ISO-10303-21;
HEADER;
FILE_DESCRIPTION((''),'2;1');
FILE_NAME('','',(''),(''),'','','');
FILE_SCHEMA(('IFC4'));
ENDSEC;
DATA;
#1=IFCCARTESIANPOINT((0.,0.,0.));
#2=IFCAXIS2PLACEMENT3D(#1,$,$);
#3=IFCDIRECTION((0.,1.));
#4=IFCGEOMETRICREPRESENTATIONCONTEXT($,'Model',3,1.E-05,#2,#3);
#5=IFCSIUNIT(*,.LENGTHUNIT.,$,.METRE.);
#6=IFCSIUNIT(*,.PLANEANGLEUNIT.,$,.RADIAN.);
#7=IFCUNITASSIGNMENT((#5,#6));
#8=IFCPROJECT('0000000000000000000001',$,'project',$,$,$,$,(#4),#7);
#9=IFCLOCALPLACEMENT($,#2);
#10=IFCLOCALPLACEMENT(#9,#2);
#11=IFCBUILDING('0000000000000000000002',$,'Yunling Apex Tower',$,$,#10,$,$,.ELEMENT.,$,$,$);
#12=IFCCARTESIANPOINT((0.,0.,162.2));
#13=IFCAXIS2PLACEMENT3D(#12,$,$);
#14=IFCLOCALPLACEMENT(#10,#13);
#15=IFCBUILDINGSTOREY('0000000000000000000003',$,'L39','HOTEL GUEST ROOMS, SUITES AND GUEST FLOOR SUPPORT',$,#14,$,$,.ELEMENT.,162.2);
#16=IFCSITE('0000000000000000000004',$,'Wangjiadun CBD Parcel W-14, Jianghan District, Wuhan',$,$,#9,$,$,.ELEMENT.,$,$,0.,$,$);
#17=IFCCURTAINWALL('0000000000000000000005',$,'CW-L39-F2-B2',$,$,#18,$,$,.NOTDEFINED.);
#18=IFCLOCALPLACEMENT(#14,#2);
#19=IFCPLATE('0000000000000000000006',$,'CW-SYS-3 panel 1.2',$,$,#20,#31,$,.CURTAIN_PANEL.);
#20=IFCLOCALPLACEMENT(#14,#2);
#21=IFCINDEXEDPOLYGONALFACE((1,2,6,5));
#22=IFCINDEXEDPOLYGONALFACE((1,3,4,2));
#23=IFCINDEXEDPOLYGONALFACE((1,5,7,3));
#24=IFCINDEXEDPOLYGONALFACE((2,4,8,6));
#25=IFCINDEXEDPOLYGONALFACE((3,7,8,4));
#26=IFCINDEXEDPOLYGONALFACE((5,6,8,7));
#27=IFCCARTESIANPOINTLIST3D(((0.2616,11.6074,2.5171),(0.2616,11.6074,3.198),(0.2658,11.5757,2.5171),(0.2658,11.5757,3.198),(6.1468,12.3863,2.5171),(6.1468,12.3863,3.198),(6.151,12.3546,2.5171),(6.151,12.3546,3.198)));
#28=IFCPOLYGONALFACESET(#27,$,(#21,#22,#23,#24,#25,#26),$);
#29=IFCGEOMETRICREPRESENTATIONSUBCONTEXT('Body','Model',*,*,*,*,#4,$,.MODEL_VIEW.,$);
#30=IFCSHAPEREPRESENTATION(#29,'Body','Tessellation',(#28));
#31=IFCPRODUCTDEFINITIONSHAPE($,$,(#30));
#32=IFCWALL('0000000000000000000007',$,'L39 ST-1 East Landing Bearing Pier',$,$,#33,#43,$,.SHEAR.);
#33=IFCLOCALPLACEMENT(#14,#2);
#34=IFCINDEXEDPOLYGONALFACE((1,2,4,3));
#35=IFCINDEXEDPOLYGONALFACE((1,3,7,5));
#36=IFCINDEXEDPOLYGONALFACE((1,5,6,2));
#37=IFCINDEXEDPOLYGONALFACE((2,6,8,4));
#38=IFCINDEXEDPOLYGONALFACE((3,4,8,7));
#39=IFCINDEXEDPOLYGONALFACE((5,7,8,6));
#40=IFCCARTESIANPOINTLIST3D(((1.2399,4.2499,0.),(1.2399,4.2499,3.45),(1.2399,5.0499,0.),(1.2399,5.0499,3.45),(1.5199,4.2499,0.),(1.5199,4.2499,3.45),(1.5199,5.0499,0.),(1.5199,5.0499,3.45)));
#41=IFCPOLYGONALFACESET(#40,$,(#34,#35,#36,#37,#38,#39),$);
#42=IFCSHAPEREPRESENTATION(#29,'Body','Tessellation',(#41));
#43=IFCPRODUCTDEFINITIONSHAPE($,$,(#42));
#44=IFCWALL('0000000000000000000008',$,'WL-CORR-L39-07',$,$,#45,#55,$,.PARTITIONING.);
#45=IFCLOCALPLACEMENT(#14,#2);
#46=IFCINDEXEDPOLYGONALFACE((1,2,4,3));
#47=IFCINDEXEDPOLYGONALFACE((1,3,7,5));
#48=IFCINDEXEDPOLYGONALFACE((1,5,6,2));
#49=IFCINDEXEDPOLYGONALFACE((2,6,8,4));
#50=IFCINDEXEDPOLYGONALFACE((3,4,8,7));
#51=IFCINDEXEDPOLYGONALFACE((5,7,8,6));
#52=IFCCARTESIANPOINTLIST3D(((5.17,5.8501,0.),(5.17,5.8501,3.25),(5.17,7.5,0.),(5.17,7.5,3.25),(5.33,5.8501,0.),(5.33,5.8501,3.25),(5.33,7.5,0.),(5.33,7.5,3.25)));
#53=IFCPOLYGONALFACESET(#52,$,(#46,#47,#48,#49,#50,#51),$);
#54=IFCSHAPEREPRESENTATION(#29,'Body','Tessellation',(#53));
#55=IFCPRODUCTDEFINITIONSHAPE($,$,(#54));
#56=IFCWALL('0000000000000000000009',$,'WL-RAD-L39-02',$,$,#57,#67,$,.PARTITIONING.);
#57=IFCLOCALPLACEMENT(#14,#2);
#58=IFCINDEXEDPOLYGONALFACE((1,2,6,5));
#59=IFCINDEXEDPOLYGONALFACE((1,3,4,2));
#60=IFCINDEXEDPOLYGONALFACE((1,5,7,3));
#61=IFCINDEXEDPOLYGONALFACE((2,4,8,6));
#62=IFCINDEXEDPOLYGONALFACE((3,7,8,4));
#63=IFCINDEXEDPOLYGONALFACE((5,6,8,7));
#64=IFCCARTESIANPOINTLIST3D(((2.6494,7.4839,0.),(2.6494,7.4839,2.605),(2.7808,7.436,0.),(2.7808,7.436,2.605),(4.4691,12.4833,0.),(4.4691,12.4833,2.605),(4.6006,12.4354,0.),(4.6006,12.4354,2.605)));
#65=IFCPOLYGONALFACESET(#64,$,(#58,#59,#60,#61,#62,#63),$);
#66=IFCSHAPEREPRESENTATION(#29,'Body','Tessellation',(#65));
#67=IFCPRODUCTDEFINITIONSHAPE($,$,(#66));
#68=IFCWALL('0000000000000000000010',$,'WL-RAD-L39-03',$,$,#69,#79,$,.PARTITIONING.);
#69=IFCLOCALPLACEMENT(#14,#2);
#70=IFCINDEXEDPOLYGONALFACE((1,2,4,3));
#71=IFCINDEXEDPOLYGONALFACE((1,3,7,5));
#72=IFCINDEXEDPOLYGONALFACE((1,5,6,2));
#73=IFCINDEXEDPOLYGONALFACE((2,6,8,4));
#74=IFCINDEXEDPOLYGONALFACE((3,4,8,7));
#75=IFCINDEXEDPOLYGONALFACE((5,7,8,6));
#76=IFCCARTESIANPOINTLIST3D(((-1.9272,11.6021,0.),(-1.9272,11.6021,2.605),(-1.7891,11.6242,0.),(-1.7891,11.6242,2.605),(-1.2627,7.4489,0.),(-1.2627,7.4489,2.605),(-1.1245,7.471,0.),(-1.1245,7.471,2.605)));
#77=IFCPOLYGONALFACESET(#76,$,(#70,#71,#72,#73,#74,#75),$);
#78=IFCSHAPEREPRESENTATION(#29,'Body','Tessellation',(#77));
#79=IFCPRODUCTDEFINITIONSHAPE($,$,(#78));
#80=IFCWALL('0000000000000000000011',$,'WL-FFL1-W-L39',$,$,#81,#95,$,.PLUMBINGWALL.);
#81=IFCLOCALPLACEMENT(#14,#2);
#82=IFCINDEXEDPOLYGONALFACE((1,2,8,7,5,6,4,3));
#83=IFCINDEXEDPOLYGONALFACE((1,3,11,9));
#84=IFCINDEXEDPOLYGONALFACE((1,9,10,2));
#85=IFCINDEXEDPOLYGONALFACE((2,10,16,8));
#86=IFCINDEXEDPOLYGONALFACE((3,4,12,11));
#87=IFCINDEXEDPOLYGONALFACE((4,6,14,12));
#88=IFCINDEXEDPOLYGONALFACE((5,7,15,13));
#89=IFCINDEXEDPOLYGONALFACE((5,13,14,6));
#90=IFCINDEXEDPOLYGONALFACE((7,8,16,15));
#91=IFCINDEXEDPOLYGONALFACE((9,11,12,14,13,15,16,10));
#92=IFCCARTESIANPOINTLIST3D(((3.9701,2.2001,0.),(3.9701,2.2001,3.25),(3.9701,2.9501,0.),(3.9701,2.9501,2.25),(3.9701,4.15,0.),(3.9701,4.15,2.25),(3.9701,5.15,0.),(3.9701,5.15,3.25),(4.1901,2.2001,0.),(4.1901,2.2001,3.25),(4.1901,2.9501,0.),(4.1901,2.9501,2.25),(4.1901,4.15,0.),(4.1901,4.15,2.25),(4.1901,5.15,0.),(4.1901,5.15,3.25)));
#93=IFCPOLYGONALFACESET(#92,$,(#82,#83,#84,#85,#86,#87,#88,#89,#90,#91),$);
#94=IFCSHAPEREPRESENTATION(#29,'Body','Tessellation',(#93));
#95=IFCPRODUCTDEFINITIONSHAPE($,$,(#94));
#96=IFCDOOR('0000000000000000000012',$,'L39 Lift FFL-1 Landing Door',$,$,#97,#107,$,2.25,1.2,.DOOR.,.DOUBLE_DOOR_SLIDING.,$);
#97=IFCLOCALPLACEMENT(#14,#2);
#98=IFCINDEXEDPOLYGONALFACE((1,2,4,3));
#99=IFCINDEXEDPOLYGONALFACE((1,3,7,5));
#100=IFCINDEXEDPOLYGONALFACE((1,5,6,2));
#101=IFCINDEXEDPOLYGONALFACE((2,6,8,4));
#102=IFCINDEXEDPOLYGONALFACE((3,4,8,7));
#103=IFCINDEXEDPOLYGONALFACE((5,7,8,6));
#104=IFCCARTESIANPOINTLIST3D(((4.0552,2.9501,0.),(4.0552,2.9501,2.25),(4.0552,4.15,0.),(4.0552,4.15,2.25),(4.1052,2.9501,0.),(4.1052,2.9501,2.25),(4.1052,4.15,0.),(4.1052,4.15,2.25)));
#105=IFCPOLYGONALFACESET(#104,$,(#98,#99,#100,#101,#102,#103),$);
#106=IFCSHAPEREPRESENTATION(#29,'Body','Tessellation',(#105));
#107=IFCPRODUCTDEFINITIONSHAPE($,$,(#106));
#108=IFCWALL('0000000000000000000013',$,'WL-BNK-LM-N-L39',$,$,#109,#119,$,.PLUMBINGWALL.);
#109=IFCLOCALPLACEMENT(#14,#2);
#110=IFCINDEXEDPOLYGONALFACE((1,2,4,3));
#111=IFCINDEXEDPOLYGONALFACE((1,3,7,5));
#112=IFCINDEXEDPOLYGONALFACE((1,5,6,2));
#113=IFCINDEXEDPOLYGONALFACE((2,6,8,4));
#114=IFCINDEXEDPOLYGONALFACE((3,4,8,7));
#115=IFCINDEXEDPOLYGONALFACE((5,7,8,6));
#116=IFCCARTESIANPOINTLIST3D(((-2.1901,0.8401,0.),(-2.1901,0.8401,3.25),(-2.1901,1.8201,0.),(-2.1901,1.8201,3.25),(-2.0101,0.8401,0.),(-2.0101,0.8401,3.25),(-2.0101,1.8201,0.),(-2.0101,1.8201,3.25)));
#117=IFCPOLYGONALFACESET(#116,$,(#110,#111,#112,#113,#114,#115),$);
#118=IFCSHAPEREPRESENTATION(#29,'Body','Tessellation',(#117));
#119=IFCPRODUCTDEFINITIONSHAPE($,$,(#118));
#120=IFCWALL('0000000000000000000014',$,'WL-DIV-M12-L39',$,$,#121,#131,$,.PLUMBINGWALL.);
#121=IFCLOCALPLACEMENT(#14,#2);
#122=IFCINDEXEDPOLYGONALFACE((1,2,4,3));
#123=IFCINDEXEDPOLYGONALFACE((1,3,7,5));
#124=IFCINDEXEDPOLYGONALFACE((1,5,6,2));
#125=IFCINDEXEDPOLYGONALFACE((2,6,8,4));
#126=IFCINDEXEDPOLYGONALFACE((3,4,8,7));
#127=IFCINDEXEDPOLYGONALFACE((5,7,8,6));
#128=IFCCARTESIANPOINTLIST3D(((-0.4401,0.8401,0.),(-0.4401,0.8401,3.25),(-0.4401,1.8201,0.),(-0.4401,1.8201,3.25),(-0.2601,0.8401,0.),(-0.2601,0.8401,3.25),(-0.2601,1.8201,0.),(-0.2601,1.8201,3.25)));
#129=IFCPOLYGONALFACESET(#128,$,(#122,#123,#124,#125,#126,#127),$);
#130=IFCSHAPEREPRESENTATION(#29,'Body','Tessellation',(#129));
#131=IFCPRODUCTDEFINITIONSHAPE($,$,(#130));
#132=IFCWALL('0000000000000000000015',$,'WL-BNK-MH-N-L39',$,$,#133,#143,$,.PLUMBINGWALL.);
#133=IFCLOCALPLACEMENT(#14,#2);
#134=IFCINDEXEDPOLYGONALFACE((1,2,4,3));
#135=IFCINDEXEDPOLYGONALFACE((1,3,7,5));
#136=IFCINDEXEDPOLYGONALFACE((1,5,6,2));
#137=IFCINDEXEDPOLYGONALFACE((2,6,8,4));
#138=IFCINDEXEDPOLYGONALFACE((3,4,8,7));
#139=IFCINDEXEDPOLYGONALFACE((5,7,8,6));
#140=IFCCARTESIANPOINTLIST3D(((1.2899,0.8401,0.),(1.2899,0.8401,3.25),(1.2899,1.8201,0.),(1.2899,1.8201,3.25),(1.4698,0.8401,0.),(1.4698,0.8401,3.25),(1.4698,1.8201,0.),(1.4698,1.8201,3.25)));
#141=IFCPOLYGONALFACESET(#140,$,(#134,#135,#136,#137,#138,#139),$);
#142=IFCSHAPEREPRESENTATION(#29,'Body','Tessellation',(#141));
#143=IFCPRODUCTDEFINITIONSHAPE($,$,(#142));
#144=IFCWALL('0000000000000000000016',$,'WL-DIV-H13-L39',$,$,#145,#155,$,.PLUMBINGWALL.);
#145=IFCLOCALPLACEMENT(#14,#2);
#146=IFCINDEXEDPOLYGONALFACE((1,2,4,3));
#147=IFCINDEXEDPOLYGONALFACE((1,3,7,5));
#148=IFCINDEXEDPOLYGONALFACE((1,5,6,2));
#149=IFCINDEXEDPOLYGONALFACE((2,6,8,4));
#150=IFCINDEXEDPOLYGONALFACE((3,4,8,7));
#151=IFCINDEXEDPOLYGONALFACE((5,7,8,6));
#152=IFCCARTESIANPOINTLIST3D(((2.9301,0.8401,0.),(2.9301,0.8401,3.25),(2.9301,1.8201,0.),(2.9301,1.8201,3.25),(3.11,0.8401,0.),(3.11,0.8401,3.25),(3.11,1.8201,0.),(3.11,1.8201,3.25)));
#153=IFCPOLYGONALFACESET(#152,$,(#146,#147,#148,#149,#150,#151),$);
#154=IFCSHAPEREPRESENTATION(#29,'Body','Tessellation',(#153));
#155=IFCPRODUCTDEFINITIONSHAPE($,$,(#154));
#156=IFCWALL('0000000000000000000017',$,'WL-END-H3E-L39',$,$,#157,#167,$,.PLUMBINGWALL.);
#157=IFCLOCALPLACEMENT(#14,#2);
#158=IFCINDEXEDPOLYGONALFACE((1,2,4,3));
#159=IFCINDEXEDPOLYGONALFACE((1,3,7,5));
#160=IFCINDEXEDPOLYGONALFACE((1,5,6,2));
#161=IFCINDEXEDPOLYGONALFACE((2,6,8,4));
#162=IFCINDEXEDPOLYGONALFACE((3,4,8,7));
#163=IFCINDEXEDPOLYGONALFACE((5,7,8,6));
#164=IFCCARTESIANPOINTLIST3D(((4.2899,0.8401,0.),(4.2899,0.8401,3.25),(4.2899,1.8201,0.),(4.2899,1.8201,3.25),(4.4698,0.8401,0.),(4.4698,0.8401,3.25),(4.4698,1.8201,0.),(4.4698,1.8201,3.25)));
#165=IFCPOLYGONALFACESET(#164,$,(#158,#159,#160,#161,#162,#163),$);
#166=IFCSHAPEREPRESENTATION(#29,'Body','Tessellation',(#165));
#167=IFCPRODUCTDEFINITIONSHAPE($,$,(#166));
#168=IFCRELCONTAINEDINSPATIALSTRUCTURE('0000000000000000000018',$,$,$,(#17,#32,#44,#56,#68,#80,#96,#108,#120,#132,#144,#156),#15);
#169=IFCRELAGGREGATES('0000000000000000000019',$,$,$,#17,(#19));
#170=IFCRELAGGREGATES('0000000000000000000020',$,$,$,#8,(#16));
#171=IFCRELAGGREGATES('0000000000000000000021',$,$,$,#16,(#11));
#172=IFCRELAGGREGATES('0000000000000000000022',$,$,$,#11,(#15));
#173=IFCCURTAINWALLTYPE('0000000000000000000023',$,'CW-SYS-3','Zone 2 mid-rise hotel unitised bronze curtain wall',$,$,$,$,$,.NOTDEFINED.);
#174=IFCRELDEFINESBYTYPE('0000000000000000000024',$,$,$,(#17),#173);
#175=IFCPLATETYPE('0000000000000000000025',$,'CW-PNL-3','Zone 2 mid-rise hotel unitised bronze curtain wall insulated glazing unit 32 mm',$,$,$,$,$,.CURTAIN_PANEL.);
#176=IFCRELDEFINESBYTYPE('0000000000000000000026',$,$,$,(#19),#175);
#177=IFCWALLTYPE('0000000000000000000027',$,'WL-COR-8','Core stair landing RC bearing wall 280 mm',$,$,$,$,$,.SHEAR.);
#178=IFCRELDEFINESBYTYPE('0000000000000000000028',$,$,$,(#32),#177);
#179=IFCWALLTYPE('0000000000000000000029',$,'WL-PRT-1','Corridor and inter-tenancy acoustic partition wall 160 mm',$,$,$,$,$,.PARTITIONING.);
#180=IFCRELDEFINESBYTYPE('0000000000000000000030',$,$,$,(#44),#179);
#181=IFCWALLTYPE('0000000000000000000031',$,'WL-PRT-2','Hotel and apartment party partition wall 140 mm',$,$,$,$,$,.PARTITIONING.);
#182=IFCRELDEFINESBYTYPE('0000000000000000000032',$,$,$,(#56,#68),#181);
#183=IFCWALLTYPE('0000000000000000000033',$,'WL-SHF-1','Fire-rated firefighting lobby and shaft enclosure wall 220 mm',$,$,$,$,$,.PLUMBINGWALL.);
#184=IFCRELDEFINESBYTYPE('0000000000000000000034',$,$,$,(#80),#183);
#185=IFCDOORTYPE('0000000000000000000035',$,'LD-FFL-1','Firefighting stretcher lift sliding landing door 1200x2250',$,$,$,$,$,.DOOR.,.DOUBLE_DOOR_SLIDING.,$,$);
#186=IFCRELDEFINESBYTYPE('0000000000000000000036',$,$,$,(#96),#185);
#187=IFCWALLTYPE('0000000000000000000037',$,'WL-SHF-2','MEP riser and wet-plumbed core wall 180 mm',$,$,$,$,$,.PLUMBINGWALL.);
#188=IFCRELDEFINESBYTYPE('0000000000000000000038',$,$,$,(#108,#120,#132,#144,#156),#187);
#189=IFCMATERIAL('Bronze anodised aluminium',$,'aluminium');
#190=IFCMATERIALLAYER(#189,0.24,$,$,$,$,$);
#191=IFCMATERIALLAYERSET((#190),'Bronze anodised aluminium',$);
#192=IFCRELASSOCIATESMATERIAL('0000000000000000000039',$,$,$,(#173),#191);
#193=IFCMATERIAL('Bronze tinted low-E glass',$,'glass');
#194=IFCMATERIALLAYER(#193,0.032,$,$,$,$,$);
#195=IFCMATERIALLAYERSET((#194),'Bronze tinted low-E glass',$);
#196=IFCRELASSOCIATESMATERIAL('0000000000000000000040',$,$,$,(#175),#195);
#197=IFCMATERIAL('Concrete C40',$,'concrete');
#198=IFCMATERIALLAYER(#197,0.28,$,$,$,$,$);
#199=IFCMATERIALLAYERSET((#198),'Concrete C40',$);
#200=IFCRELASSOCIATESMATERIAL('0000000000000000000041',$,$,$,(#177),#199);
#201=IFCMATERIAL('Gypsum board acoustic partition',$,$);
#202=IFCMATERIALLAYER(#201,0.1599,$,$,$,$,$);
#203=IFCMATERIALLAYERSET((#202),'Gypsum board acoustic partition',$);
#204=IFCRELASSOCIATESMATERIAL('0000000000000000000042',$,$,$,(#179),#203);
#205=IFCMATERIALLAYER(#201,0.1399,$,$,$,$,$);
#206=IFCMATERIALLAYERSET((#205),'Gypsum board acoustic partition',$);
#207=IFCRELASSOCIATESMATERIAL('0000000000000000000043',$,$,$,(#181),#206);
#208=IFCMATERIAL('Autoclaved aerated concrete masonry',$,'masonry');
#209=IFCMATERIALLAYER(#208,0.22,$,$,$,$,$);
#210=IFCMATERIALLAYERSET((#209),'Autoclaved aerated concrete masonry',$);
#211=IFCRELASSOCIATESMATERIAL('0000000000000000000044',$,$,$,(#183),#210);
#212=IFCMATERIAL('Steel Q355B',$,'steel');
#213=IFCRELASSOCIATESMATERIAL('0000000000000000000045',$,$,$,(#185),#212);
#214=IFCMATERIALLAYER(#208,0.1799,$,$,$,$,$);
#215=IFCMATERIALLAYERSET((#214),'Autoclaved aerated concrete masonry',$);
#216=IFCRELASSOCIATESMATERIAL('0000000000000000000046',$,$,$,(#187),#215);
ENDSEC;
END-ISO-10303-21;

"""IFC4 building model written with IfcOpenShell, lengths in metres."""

from ifc_helpers import new_model, si_unit, direction, frame, frame_2d, origin, origin_2d, place, context, subcontext, project, spatial, rectangle, extrude, source, transform, mapped, material, layer, layer_set, type_object, element, fill, aggregate, save


model = new_model("IFC4")

# Units and contexts
model_context = context("Model", 3, precision=1e-05, world=origin(), true_north=direction((0.0, 1.0)))
body_context = subcontext(model_context, "Body", "Model", "MODEL_VIEW")
ifc_project = project(units=[si_unit("LENGTHUNIT", "METRE"), si_unit("PLANEANGLEUNIT", "RADIAN")], contexts=[model_context])

# Site, building, storey
site_placement = place(None, origin())
site = spatial("IfcSite", under=ifc_project, at=site_placement, Name="Wangjiadun CBD Parcel W-14, Jianghan District, Wuhan", CompositionType="ELEMENT", RefElevation=0.0)
building_placement = place(site_placement, origin())
building = spatial("IfcBuilding", under=site, at=building_placement, Name="Yunling Apex Tower", CompositionType="ELEMENT")
storey_placement = place(building_placement, frame((0.0, 0.0, 162.2)))
storey = spatial("IfcBuildingStorey", under=building, at=storey_placement, Name="L39", Description="HOTEL GUEST ROOMS, SUITES AND GUEST FLOOR SUPPORT", CompositionType="ELEMENT", Elevation=162.2)

# Shared definitions
ifc_material_1 = material(Name="Steel Q355B", Category="steel")

# Curtain wall
ifc_material_2 = material(Name="Bronze anodised aluminium", Category="aluminium")
ifc_layer_1 = layer(ifc_material_2, 0.24)
ifc_layer_set_1 = layer_set([ifc_layer_1], Name="Bronze anodised aluminium")
curtain_wall_type = type_object("IfcCurtainWallType", Name="CW-SYS-3", Description="Zone 2 mid-rise hotel unitised bronze curtain wall", PredefinedType="NOTDEFINED", material=ifc_layer_set_1)
curtain_wall_1_placement = place(storey_placement, origin())
curtain_wall_1 = element("IfcCurtainWall", 1, at=curtain_wall_1_placement, inside=storey, type_object=curtain_wall_type, Name="CW-L39-F2-B2", PredefinedType="NOTDEFINED")

# Shared definitions
ifc_material_3 = material(Name="Concrete C40", Category="concrete")

# Plate
ifc_material_4 = material(Name="Bronze tinted low-E glass", Category="glass")
ifc_layer_2 = layer(ifc_material_4, 0.032)
ifc_layer_set_2 = layer_set([ifc_layer_2], Name="Bronze tinted low-E glass")
plate_type = type_object("IfcPlateType", Name="CW-PNL-3", Description="Zone 2 mid-rise hotel unitised bronze curtain wall insulated glazing unit 32 mm", PredefinedType="CURTAIN_PANEL", material=ifc_layer_set_2)
shared_shape_1 = source(origin(), body_context, "Body", "SweptSolid", [
    extrude(rectangle(XDim=5.9365, YDim=0.032, at=origin_2d()), origin(), (0.0, 0.0, 1.0), 0.6809),
])
plate_1_placement = place(storey_placement, frame((3.2063, 11.981, 2.5171), z_axis=(0.0, 0.0, 1.0), x_axis=(-0.991355, -0.131205, 0.0)))
plate_1 = element("IfcPlate", 2, at=plate_1_placement, type_object=plate_type, Name="CW-SYS-3 panel 1.2", PredefinedType="CURTAIN_PANEL", context=body_context, shape_type="MappedRepresentation", body=[
    mapped(shared_shape_1, transform((0.0, 0.0, 0.0), scale=1.0)),
])
aggregate(curtain_wall_1, [plate_1])

# Walls
ifc_layer_3 = layer(ifc_material_3, 0.28)
ifc_layer_set_3 = layer_set([ifc_layer_3], Name="Concrete C40")
wall_type_1 = type_object("IfcWallType", Name="WL-COR-8", Description="Core stair landing RC bearing wall 280 mm", PredefinedType="SHEAR", material=ifc_layer_set_3)
wall_1_placement = place(storey_placement, frame((1.3799, 4.25, 0.0), z_axis=(0.0, 0.0, 1.0), x_axis=(0.0, 1.0, 0.0)))
element("IfcWall", 3, at=wall_1_placement, inside=storey, type_object=wall_type_1, Name="L39 ST-1 East Landing Bearing Pier", PredefinedType="SHEAR", context=body_context, shape_type="SweptSolid", body=[
    extrude(rectangle(XDim=0.8, YDim=0.28, at=frame_2d((0.3999, 0.0))), origin(), (0.0, 0.0, 1.0), 3.45),
])
ifc_material_5 = material(Name="Gypsum board acoustic partition")
ifc_layer_4 = layer(ifc_material_5, 0.1599)
ifc_layer_set_4 = layer_set([ifc_layer_4], Name="Gypsum board acoustic partition")
wall_type_2 = type_object("IfcWallType", Name="WL-PRT-1", Description="Corridor and inter-tenancy acoustic partition wall 160 mm", PredefinedType="PARTITIONING", material=ifc_layer_set_4)
wall_2_placement = place(storey_placement, frame((5.25, 7.5, 0.0), z_axis=(0.0, 0.0, 1.0), x_axis=(0.0, -1.0, 0.0)))
element("IfcWall", 4, at=wall_2_placement, inside=storey, type_object=wall_type_2, Name="WL-CORR-L39-07", PredefinedType="PARTITIONING", context=body_context, shape_type="SweptSolid", body=[
    extrude(rectangle(XDim=1.6499, YDim=0.1599, at=frame_2d((0.825, 0.0))), origin(), (0.0, 0.0, 1.0), 3.25),
])
ifc_layer_5 = layer(ifc_material_5, 0.1399)
ifc_layer_set_5 = layer_set([ifc_layer_5], Name="Gypsum board acoustic partition")
wall_type_3 = type_object("IfcWallType", Name="WL-PRT-2", Description="Hotel and apartment party partition wall 140 mm", PredefinedType="PARTITIONING", material=ifc_layer_set_5)
wall_3_placement = place(storey_placement, frame((2.7151, 7.46, 0.0), z_axis=(0.0, 0.0, 1.0), x_axis=(0.342045, 0.939684, 0.0)))
element("IfcWall", 5, at=wall_3_placement, inside=storey, type_object=wall_type_3, Name="WL-RAD-L39-02", PredefinedType="PARTITIONING", context=body_context, shape_type="SweptSolid", body=[
    extrude(rectangle(XDim=5.3203, YDim=0.1399, at=frame_2d((2.6602, 0.0))), origin(), (0.0, 0.0, 1.0), 2.605),
])
wall_4_placement = place(storey_placement, frame((-1.1936, 7.46, 0.0), z_axis=(0.0, 0.0, 1.0), x_axis=(-0.157995, 0.98744, 0.0)))
element("IfcWall", 6, at=wall_4_placement, inside=storey, type_object=wall_type_3, Name="WL-RAD-L39-03", PredefinedType="PARTITIONING", context=body_context, shape_type="SweptSolid", body=[
    extrude(rectangle(XDim=4.2061, YDim=0.1399, at=frame_2d((2.103, 0.0))), origin(), (0.0, 0.0, 1.0), 2.605),
])

# Wall, opening, door
ifc_material_6 = material(Name="Autoclaved aerated concrete masonry", Category="masonry")
ifc_layer_6 = layer(ifc_material_6, 0.22)
ifc_layer_set_6 = layer_set([ifc_layer_6], Name="Autoclaved aerated concrete masonry")
wall_type_4 = type_object("IfcWallType", Name="WL-SHF-1", Description="Fire-rated firefighting lobby and shaft enclosure wall 220 mm", PredefinedType="PLUMBINGWALL", material=ifc_layer_set_6)
wall_5_placement = place(storey_placement, frame((4.0801, 2.2, 0.0), z_axis=(0.0, 0.0, 1.0), x_axis=(0.0, 1.0, 0.0)))
wall_5 = element("IfcWall", 7, at=wall_5_placement, inside=storey, type_object=wall_type_4, Name="WL-FFL1-W-L39", PredefinedType="PLUMBINGWALL", context=body_context, shape_type="SweptSolid", body=[
    extrude(rectangle(XDim=2.95, YDim=0.22, at=frame_2d((1.4751, 0.0))), origin(), (0.0, 0.0, 1.0), 3.25),
])
opening_1_placement = place(wall_5_placement, frame((0.75, 0.0, 0.0)))
opening_1 = element("IfcOpeningElement", 8, at=opening_1_placement, cuts=wall_5, PredefinedType="OPENING", context=body_context, shape_type="SweptSolid", body=[
    extrude(rectangle(XDim=1.2, YDim=2.25, at=frame_2d((0.6001, 1.125))), frame((0.0, 0.1201, 0.0), z_axis=(0.0, -1.0, 0.0), x_axis=(1.0, 0.0, 0.0)), (0.0, 0.0, 1.0), 0.24),
])
door_type_1 = type_object("IfcDoorType", Name="LD-FFL-1", Description="Firefighting stretcher lift sliding landing door 1200x2250", OperationType="DOUBLE_DOOR_SLIDING", PredefinedType="DOOR", material=ifc_material_1)
door_1_placement = place(opening_1_placement, origin())
door_1 = element("IfcDoor", 9, at=door_1_placement, inside=storey, type_object=door_type_1, Name="L39 Lift FFL-1 Landing Door", OperationType="DOUBLE_DOOR_SLIDING", OverallHeight=2.25, OverallWidth=1.2, PredefinedType="DOOR", context=body_context, shape_type="SweptSolid", body=[
    extrude(rectangle(XDim=1.2, YDim=2.25, at=frame_2d((0.6001, 1.125))), frame((0.0, 0.0249, 0.0), z_axis=(0.0, -1.0, 0.0), x_axis=(1.0, 0.0, 0.0)), (0.0, 0.0, 1.0), 0.05),
])
fill(opening_1, door_1)

# Walls
ifc_layer_7 = layer(ifc_material_6, 0.1799)
ifc_layer_set_7 = layer_set([ifc_layer_7], Name="Autoclaved aerated concrete masonry")
wall_type_5 = type_object("IfcWallType", Name="WL-SHF-2", Description="MEP riser and wet-plumbed core wall 180 mm", PredefinedType="PLUMBINGWALL", material=ifc_layer_set_7)
for number, where, z_axis, x_axis, name in (
    (10, (-2.1001, 0.8401, 0.0), (0.0, 0.0, 1.0), (0.0, 1.0, 0.0), "WL-BNK-LM-N-L39"),
    (11, (-0.3501, 0.8401, 0.0), (0.0, 0.0, 1.0), (0.0, 1.0, 0.0), "WL-DIV-M12-L39"),
    (12, (1.3799, 0.8401, 0.0), (0.0, 0.0, 1.0), (0.0, 1.0, 0.0), "WL-BNK-MH-N-L39"),
    (13, (3.02, 0.8401, 0.0), (0.0, 0.0, 1.0), (0.0, 1.0, 0.0), "WL-DIV-H13-L39"),
    (14, (4.3799, 0.8401, 0.0), (0.0, 0.0, 1.0), (0.0, 1.0, 0.0), "WL-END-H3E-L39"),
):
    element("IfcWall", number, at=place(storey_placement, frame(where, z_axis=z_axis, x_axis=x_axis)), inside=storey, type_object=wall_type_5, Name=name, PredefinedType="PLUMBINGWALL", context=body_context, shape_type="SweptSolid", body=[
        extrude(rectangle(XDim=0.98, YDim=0.1799, at=frame_2d((0.49, 0.0))), origin(), (0.0, 0.0, 1.0), 3.25),
    ])

save(model, "model.ifc")
